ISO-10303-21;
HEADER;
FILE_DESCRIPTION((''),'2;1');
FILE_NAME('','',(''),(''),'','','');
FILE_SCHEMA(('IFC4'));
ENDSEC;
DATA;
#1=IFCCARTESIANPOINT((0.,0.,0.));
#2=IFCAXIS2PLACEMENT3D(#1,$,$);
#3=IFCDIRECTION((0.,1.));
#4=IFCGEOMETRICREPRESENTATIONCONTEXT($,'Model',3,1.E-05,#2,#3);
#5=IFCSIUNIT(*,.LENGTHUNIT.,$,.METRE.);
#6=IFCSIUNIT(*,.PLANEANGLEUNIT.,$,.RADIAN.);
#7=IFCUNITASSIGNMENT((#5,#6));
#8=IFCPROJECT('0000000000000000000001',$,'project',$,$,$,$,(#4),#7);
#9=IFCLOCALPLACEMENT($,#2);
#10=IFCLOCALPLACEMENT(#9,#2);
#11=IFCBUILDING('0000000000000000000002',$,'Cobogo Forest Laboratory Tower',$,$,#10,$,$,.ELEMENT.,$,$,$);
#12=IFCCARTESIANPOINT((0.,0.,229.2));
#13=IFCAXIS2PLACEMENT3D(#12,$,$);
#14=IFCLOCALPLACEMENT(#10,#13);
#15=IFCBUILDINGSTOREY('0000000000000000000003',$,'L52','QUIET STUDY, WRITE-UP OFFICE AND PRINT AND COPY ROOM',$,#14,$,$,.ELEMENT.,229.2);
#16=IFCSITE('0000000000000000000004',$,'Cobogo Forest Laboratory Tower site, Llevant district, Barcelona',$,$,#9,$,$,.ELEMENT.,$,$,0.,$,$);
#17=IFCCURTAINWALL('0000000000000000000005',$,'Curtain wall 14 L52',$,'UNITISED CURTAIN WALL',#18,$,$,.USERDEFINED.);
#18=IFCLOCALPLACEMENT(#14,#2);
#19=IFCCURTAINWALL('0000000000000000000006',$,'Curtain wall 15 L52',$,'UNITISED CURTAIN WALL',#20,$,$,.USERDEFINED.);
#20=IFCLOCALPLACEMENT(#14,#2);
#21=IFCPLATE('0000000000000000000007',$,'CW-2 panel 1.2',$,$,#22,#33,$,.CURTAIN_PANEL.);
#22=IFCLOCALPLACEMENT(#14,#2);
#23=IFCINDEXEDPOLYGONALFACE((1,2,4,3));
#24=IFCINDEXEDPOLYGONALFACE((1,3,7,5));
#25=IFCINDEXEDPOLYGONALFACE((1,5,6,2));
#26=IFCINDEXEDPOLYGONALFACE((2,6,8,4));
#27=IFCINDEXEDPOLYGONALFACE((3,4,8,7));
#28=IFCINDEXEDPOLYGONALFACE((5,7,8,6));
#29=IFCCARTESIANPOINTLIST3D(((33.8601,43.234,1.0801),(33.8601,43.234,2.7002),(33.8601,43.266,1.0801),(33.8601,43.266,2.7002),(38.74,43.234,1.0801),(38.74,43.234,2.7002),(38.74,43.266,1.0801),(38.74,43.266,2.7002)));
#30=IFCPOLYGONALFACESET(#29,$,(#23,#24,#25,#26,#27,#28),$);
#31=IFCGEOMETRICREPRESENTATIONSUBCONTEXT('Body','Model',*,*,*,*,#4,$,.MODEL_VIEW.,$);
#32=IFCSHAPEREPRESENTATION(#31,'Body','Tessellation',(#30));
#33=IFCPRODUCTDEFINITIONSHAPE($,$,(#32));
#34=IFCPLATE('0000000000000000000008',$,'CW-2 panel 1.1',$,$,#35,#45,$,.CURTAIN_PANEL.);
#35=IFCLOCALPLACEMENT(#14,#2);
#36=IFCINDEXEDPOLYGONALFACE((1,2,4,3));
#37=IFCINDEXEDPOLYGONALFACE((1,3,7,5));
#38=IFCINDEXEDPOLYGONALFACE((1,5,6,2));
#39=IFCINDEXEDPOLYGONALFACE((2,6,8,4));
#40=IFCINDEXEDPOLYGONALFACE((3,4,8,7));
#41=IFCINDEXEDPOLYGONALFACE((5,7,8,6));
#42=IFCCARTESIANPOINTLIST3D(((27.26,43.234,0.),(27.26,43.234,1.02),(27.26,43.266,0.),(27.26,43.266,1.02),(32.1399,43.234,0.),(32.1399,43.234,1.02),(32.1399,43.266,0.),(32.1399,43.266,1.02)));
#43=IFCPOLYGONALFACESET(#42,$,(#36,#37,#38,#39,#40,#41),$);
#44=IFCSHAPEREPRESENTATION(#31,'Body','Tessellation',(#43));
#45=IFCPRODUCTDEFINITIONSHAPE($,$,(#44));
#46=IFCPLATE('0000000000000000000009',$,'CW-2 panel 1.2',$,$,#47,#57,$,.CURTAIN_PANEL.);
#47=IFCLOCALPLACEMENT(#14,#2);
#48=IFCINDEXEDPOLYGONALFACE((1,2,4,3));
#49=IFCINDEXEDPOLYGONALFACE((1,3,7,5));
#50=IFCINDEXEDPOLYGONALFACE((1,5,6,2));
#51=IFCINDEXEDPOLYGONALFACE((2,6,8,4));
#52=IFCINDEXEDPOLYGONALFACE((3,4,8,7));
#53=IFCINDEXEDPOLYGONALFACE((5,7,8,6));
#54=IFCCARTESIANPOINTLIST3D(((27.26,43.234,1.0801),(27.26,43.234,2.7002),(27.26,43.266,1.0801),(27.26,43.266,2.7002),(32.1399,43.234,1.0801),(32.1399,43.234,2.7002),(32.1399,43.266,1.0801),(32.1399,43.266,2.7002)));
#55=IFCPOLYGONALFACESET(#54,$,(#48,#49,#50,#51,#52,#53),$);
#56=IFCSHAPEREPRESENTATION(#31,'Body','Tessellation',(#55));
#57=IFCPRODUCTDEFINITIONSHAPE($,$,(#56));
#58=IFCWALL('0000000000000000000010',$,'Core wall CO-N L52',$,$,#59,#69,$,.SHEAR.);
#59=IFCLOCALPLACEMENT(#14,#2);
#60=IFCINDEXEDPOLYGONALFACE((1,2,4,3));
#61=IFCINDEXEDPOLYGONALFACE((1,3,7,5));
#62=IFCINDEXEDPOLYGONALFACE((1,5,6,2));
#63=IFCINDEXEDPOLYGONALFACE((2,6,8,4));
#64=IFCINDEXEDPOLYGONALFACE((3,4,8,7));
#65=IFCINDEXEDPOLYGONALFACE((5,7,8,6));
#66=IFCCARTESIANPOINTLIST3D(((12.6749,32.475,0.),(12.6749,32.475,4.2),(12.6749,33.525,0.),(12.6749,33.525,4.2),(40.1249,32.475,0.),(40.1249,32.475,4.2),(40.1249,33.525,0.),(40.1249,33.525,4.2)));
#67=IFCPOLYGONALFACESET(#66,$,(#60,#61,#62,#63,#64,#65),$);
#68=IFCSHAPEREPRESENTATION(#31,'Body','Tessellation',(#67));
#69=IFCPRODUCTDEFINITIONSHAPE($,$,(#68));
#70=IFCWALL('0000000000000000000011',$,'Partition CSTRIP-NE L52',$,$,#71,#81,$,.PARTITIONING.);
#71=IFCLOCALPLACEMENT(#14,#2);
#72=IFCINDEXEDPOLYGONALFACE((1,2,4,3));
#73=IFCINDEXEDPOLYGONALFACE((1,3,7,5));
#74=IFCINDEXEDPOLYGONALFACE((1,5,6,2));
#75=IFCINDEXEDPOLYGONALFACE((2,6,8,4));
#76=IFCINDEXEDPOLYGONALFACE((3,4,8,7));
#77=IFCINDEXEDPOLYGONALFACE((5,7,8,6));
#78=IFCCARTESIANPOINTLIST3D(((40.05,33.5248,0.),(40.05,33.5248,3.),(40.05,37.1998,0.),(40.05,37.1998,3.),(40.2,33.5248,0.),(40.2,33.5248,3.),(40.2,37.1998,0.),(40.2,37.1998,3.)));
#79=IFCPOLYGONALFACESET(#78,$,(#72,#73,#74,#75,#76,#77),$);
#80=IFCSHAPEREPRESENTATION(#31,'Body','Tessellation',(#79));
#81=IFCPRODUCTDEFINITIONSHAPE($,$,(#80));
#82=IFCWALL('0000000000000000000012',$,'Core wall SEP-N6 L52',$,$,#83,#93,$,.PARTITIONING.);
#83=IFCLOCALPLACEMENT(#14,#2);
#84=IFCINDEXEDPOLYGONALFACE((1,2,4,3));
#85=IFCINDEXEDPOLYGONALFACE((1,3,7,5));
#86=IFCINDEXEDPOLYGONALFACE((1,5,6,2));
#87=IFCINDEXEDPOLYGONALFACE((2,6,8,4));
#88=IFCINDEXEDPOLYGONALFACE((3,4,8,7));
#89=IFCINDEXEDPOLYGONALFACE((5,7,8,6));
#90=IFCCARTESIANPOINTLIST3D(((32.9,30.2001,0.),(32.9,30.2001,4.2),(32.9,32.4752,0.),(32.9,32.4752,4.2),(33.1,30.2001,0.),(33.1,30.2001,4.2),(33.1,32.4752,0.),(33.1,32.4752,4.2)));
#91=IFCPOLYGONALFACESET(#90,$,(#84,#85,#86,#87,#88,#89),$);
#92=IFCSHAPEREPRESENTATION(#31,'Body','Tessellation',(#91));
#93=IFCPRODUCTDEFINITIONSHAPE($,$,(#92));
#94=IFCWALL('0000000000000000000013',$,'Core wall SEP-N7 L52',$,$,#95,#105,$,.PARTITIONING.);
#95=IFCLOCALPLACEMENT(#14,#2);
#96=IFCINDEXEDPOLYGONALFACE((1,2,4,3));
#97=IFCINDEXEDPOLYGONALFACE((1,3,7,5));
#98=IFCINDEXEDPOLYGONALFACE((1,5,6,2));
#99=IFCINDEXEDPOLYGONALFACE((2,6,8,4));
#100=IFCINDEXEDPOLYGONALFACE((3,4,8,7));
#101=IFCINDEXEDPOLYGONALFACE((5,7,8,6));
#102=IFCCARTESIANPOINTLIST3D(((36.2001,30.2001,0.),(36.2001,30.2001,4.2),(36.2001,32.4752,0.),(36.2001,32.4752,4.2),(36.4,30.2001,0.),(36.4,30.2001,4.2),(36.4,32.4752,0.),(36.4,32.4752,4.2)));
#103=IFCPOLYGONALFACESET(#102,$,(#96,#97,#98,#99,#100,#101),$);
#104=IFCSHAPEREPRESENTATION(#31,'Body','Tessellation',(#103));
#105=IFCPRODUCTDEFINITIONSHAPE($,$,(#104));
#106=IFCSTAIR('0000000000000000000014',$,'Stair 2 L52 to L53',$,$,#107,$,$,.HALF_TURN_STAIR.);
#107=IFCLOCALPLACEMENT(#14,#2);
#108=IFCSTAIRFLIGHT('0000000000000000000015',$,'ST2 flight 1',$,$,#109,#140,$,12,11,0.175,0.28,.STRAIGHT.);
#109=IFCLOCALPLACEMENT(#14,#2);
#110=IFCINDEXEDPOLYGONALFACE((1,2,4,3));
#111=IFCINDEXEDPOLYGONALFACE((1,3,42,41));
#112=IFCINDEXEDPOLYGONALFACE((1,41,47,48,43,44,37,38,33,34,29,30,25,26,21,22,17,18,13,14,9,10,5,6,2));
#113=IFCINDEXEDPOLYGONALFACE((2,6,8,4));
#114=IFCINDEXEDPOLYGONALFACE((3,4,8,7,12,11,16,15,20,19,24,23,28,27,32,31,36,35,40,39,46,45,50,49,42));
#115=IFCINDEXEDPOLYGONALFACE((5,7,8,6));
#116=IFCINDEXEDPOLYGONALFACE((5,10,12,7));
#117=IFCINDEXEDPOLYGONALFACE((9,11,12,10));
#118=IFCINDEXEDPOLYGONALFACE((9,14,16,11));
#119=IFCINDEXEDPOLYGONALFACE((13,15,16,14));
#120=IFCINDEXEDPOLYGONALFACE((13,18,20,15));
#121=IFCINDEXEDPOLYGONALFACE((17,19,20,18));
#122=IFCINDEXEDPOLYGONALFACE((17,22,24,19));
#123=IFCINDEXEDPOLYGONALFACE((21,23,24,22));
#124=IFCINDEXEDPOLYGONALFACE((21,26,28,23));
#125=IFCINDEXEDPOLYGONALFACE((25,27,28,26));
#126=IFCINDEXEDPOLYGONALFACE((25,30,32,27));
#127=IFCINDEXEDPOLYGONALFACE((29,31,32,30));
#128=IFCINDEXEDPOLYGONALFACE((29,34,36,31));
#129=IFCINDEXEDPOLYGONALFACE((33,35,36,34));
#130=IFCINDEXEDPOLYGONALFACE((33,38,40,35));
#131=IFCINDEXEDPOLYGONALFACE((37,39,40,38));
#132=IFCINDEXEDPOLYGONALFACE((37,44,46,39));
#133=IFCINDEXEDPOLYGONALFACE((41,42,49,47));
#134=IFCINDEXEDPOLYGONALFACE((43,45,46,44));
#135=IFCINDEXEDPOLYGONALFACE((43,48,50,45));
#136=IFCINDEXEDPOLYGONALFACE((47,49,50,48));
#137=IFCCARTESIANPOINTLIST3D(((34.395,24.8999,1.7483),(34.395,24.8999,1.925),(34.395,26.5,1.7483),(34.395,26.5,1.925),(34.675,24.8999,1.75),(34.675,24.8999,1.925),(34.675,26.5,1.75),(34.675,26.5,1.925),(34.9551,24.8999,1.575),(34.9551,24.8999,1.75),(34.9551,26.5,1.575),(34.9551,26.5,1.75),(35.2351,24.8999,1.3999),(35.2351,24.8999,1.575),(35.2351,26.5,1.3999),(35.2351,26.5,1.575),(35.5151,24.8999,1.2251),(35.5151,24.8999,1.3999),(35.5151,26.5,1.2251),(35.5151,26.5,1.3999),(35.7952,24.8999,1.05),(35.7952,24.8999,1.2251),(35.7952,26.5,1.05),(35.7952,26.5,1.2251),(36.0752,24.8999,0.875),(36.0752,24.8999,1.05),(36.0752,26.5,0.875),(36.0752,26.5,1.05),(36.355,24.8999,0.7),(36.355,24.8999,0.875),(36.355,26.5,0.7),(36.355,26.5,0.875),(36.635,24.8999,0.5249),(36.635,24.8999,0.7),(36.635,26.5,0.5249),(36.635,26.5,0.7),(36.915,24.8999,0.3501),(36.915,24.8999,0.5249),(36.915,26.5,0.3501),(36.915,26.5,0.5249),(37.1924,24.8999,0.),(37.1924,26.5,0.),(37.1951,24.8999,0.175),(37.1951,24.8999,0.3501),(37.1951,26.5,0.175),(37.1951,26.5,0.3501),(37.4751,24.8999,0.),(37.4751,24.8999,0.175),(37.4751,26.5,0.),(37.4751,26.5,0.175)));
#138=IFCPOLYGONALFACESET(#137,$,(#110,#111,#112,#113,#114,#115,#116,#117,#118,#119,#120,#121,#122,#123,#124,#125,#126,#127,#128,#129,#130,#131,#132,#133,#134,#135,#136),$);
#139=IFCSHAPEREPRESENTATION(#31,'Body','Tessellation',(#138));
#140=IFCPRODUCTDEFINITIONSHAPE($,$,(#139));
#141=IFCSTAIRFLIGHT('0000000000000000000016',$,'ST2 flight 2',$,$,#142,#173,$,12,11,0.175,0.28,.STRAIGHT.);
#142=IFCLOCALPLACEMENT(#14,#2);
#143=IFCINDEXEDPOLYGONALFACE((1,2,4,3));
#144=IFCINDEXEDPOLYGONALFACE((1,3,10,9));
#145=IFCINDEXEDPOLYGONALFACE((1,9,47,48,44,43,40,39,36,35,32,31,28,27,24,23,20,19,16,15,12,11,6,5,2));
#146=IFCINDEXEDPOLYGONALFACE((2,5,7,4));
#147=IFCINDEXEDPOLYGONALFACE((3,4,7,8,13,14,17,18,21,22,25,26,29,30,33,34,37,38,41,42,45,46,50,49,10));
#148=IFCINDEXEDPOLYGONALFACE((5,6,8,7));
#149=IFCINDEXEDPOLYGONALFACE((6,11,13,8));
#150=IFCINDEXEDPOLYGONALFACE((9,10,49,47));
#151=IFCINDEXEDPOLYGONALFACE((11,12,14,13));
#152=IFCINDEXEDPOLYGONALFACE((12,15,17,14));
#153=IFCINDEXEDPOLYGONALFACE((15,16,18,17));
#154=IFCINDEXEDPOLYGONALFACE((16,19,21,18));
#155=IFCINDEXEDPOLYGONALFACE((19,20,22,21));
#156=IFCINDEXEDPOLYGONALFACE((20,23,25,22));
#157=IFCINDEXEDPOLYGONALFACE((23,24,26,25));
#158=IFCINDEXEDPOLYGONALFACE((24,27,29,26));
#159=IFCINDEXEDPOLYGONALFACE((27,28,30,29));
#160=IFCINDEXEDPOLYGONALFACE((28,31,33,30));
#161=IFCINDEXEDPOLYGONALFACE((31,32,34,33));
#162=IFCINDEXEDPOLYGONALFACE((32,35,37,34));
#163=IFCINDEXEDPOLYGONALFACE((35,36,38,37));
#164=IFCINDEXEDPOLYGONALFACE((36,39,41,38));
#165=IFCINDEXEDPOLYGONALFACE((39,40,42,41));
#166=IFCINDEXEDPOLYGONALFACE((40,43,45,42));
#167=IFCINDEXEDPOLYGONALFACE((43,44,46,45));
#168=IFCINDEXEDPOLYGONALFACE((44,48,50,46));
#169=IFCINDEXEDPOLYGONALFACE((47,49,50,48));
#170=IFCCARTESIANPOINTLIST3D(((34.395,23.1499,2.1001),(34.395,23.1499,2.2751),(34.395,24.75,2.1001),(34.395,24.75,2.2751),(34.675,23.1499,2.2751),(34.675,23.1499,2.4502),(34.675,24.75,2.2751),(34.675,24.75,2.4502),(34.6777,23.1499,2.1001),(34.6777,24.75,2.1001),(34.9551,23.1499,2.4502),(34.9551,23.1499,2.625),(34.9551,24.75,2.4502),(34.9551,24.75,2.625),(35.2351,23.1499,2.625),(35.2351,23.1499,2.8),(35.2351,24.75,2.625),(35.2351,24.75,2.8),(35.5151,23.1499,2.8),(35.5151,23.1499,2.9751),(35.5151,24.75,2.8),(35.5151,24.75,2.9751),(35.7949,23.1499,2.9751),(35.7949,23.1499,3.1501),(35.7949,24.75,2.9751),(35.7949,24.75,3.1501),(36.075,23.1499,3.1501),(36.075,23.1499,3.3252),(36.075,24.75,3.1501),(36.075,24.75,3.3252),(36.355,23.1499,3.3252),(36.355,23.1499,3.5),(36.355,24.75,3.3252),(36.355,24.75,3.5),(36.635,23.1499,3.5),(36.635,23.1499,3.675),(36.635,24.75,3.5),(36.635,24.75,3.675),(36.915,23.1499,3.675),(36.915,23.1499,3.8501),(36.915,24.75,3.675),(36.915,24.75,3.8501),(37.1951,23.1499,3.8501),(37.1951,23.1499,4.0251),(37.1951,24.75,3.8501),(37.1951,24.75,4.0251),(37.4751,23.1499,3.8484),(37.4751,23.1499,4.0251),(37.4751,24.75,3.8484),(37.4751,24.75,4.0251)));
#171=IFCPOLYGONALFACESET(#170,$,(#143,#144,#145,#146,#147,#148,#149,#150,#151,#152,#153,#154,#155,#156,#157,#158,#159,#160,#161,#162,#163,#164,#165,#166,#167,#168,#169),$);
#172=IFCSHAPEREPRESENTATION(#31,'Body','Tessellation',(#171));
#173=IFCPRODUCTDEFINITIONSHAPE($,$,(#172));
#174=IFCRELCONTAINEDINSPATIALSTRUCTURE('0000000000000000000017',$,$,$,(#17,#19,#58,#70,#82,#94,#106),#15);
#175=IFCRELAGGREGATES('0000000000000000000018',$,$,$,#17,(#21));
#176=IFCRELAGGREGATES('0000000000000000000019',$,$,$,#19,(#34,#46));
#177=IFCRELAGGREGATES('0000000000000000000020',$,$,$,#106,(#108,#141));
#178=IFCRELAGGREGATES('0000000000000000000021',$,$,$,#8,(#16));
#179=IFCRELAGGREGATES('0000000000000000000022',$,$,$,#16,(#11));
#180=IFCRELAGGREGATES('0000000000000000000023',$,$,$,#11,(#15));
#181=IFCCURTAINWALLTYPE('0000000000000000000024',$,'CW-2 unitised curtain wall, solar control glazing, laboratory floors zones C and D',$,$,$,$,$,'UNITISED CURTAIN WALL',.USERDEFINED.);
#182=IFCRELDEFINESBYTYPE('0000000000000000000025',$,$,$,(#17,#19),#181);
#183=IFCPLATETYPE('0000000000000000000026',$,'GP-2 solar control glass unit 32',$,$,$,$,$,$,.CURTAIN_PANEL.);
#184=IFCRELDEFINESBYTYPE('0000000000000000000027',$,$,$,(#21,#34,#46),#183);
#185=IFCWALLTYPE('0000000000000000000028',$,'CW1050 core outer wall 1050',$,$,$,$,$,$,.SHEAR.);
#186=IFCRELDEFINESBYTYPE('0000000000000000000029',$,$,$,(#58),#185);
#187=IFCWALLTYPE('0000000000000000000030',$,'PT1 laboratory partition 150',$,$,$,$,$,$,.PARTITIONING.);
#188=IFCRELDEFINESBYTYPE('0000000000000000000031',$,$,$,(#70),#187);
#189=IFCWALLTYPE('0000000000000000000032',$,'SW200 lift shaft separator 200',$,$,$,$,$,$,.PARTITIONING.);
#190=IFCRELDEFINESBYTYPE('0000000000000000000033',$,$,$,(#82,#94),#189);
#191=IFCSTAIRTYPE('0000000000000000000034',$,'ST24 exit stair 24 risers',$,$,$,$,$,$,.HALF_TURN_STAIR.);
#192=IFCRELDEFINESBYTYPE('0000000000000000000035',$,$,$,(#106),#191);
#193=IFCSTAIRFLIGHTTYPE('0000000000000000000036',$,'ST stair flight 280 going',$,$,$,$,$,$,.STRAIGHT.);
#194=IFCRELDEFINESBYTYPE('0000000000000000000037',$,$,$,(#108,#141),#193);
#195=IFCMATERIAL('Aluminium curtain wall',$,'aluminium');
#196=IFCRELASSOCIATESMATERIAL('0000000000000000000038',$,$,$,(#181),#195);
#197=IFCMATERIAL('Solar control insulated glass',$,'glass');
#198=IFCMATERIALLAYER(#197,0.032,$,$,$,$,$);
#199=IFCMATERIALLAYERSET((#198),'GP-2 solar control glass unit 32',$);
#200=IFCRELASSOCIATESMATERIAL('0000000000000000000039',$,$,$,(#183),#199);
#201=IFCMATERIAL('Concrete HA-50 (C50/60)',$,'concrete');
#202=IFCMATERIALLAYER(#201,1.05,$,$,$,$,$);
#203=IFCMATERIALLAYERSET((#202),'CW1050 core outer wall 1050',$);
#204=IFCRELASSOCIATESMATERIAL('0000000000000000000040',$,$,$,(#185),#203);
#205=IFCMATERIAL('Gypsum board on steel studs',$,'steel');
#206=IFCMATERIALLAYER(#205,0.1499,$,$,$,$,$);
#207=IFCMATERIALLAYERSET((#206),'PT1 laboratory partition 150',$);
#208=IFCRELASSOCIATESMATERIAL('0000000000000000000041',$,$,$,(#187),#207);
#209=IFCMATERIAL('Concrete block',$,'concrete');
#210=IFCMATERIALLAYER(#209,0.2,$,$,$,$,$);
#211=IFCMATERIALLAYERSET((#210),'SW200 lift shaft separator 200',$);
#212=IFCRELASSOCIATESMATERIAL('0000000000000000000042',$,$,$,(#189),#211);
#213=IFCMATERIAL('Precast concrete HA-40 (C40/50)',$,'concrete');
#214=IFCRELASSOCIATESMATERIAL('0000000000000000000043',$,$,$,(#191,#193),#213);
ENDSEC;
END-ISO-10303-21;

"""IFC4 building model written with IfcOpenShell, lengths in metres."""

from ifc_helpers import new_model, si_unit, direction, frame, frame_2d, origin, origin_2d, place, context, subcontext, project, spatial, polyline, rectangle, outline, extrude, material, layer, layer_set, type_object, element, aggregate, save


model = new_model("IFC4")

# Units and contexts
model_context = context("Model", 3, precision=1e-05, world=origin(), true_north=direction((0.0, 1.0)))
body_context = subcontext(model_context, "Body", "Model", "MODEL_VIEW")
ifc_project = project(units=[si_unit("LENGTHUNIT", "METRE"), si_unit("PLANEANGLEUNIT", "RADIAN")], contexts=[model_context])

# Site, building, storey
site_placement = place(None, origin())
site = spatial("IfcSite", under=ifc_project, at=site_placement, Name="Cobogo Forest Laboratory Tower site, Llevant district, Barcelona", CompositionType="ELEMENT", RefElevation=0.0)
building_placement = place(site_placement, origin())
building = spatial("IfcBuilding", under=site, at=building_placement, Name="Cobogo Forest Laboratory Tower", CompositionType="ELEMENT")
storey_placement = place(building_placement, frame((0.0, 0.0, 229.2)))
storey = spatial("IfcBuildingStorey", under=building, at=storey_placement, Name="L52", Description="QUIET STUDY, WRITE-UP OFFICE AND PRINT AND COPY ROOM", CompositionType="ELEMENT", Elevation=229.2)

# Shared definitions
ifc_material_1 = material(Name="Concrete HA-50 (C50/60)", Category="concrete")

# Shared definitions
ifc_material_2 = material(Name="Aluminium curtain wall", Category="aluminium")
curtain_wall_type = type_object("IfcCurtainWallType", Name="CW-2 unitised curtain wall, solar control glazing, laboratory floors zones C and D", ElementType="UNITISED CURTAIN WALL", PredefinedType="USERDEFINED", material=ifc_material_2)

# Curtain wall
curtain_wall_1_placement = place(storey_placement, origin())
curtain_wall_1 = element("IfcCurtainWall", 1, at=curtain_wall_1_placement, inside=storey, type_object=curtain_wall_type, Name="Curtain wall 14 L52", ObjectType="UNITISED CURTAIN WALL", PredefinedType="USERDEFINED")

# Curtain wall
curtain_wall_2_placement = place(storey_placement, origin())
curtain_wall_2 = element("IfcCurtainWall", 2, at=curtain_wall_2_placement, inside=storey, type_object=curtain_wall_type, Name="Curtain wall 15 L52", ObjectType="UNITISED CURTAIN WALL", PredefinedType="USERDEFINED")

# Plates
ifc_material_3 = material(Name="Solar control insulated glass", Category="glass")
ifc_layer_1 = layer(ifc_material_3, 0.032)
ifc_layer_set_1 = layer_set([ifc_layer_1], Name="GP-2 solar control glass unit 32")
plate_type_1 = type_object("IfcPlateType", Name="GP-2 solar control glass unit 32", PredefinedType="CURTAIN_PANEL", material=ifc_layer_set_1)
plate_1_placement = place(storey_placement, frame((36.3, 43.25, 1.0801), z_axis=(0.0, 0.0, 1.0), x_axis=(-1.0, 0.0, 0.0)))
plate_1 = element("IfcPlate", 3, at=plate_1_placement, type_object=plate_type_1, Name="CW-2 panel 1.2", PredefinedType="CURTAIN_PANEL", context=body_context, shape_type="SweptSolid", body=[
    extrude(rectangle(XDim=4.8799, YDim=0.032, at=origin_2d()), origin(), (0.0, 0.0, 1.0), 1.6201),
])
aggregate(curtain_wall_1, [plate_1])
plate_2_placement = place(storey_placement, frame((29.7, 43.25, 0.0), z_axis=(0.0, 0.0, 1.0), x_axis=(-1.0, 0.0, 0.0)))
plate_2 = element("IfcPlate", 4, at=plate_2_placement, type_object=plate_type_1, Name="CW-2 panel 1.1", PredefinedType="CURTAIN_PANEL", context=body_context, shape_type="SweptSolid", body=[
    extrude(rectangle(XDim=4.8799, YDim=0.032, at=origin_2d()), origin(), (0.0, 0.0, 1.0), 1.02),
])
plate_3_placement = place(storey_placement, frame((29.7, 43.25, 1.0801), z_axis=(0.0, 0.0, 1.0), x_axis=(-1.0, 0.0, 0.0)))
plate_3 = element("IfcPlate", 5, at=plate_3_placement, type_object=plate_type_1, Name="CW-2 panel 1.2", PredefinedType="CURTAIN_PANEL", context=body_context, shape_type="SweptSolid", body=[
    extrude(rectangle(XDim=4.8799, YDim=0.032, at=origin_2d()), origin(), (0.0, 0.0, 1.0), 1.6201),
])
aggregate(curtain_wall_2, [plate_2, plate_3])

# Walls
ifc_layer_2 = layer(ifc_material_1, 1.05)
ifc_layer_set_2 = layer_set([ifc_layer_2], Name="CW1050 core outer wall 1050")
wall_type_1 = type_object("IfcWallType", Name="CW1050 core outer wall 1050", PredefinedType="SHEAR", material=ifc_layer_set_2)
wall_1_placement = place(storey_placement, frame((40.125, 33.0, 0.0), z_axis=(0.0, 0.0, 1.0), x_axis=(-1.0, 0.0, 0.0)))
element("IfcWall", 6, at=wall_1_placement, inside=storey, type_object=wall_type_1, Name="Core wall CO-N L52", PredefinedType="SHEAR", context=body_context, shape_type="SweptSolid", body=[
    extrude(rectangle(XDim=27.45, YDim=1.05, at=frame_2d((13.7251, 0.0))), origin(), (0.0, 0.0, 1.0), 4.2),
])
ifc_material_4 = material(Name="Gypsum board on steel studs", Category="steel")
ifc_layer_3 = layer(ifc_material_4, 0.1499)
ifc_layer_set_3 = layer_set([ifc_layer_3], Name="PT1 laboratory partition 150")
wall_type_2 = type_object("IfcWallType", Name="PT1 laboratory partition 150", PredefinedType="PARTITIONING", material=ifc_layer_set_3)
wall_2_placement = place(storey_placement, frame((40.125, 33.5249, 0.0), z_axis=(0.0, 0.0, 1.0), x_axis=(0.0, 1.0, 0.0)))
element("IfcWall", 7, at=wall_2_placement, inside=storey, type_object=wall_type_2, Name="Partition CSTRIP-NE L52", PredefinedType="PARTITIONING", context=body_context, shape_type="SweptSolid", body=[
    extrude(rectangle(XDim=3.675, YDim=0.1499, at=frame_2d((1.8374, 0.0))), origin(), (0.0, 0.0, 1.0), 3.0),
])
ifc_material_5 = material(Name="Concrete block", Category="concrete")
ifc_layer_4 = layer(ifc_material_5, 0.2)
ifc_layer_set_4 = layer_set([ifc_layer_4], Name="SW200 lift shaft separator 200")
wall_type_3 = type_object("IfcWallType", Name="SW200 lift shaft separator 200", PredefinedType="PARTITIONING", material=ifc_layer_set_4)
for number, where, z_axis, x_axis, name in (
    (8, (33.0, 30.2, 0.0), (0.0, 0.0, 1.0), (0.0, 1.0, 0.0), "Core wall SEP-N6 L52"),
    (9, (36.3, 30.2, 0.0), (0.0, 0.0, 1.0), (0.0, 1.0, 0.0), "Core wall SEP-N7 L52"),
):
    element("IfcWall", number, at=place(storey_placement, frame(where, z_axis=z_axis, x_axis=x_axis)), inside=storey, type_object=wall_type_3, Name=name, PredefinedType="PARTITIONING", context=body_context, shape_type="SweptSolid", body=[
        extrude(rectangle(XDim=2.2751, YDim=0.2, at=frame_2d((1.1377, 0.0))), origin(), (0.0, 0.0, 1.0), 4.2),
    ])

# Stair, stair flights
ifc_material_6 = material(Name="Precast concrete HA-40 (C40/50)", Category="concrete")
stair_type = type_object("IfcStairType", Name="ST24 exit stair 24 risers", PredefinedType="HALF_TURN_STAIR", material=ifc_material_6)
stair_placement = place(storey_placement, origin())
stair = element("IfcStair", 10, at=stair_placement, inside=storey, type_object=stair_type, Name="Stair 2 L52 to L53", PredefinedType="HALF_TURN_STAIR")
stair_flight_type = type_object("IfcStairFlightType", Name="ST stair flight 280 going", PredefinedType="STRAIGHT", material=ifc_material_6)
stair_flight_1_placement = place(storey_placement, frame((37.4751, 25.7, 0.0), z_axis=(0.0, 0.0, 1.0), x_axis=(-1.0, 0.0, 0.0)))
stair_flight_1 = element("IfcStairFlight", 11, at=stair_flight_1_placement, type_object=stair_flight_type, Name="ST2 flight 1", NumberOfRisers=12, NumberOfTreads=11, PredefinedType="STRAIGHT", RiserHeight=0.175, TreadLength=0.28, context=body_context, shape_type="SweptSolid", body=[
    extrude(outline(polyline([(0.0, 0.0), (0.0, 0.175), (0.28, 0.175), (0.28, 0.3501), (0.5601, 0.3501), (0.5601, 0.5249), (0.8401, 0.5249), (0.8401, 0.7), (1.1201, 0.7), (1.1201, 0.875), (1.3999, 0.875), (1.3999, 1.05), (1.6799, 1.05), (1.6799, 1.2251), (1.96, 1.2251), (1.96, 1.3999), (2.24, 1.3999), (2.24, 1.575), (2.52, 1.575), (2.52, 1.75), (2.8, 1.75), (2.8, 1.925), (3.0801, 1.925), (3.0801, 2.1001), (3.0801, 1.7483), (0.2827, 0.0), (0.0, 0.0)])), frame((0.0, 0.8, 0.0), z_axis=(0.0, -1.0, 0.0), x_axis=(1.0, 0.0, 0.0)), (0.0, 0.0, 1.0), 1.6001),
])
stair_flight_2_placement = place(storey_placement, frame((34.395, 23.95, 2.1001), z_axis=(0.0, 0.0, 1.0), x_axis=(1.0, 0.0, 0.0)))
stair_flight_2 = element("IfcStairFlight", 12, at=stair_flight_2_placement, type_object=stair_flight_type, Name="ST2 flight 2", NumberOfRisers=12, NumberOfTreads=11, PredefinedType="STRAIGHT", RiserHeight=0.175, TreadLength=0.28, context=body_context, shape_type="SweptSolid", body=[
    extrude(outline(polyline([(0.0, 0.0), (0.0, 0.175), (0.28, 0.175), (0.28, 0.3501), (0.5601, 0.3501), (0.5601, 0.5249), (0.8401, 0.5249), (0.8401, 0.7), (1.1201, 0.7), (1.1201, 0.875), (1.3999, 0.875), (1.3999, 1.05), (1.6799, 1.05), (1.6799, 1.2251), (1.96, 1.2251), (1.96, 1.3999), (2.24, 1.3999), (2.24, 1.575), (2.52, 1.575), (2.52, 1.75), (2.8, 1.75), (2.8, 1.925), (3.0801, 1.925), (3.0801, 2.1001), (3.0801, 1.7483), (0.2827, 0.0), (0.0, 0.0)])), frame((0.0, 0.8, 0.0), z_axis=(0.0, -1.0, 0.0), x_axis=(1.0, 0.0, 0.0)), (0.0, 0.0, 1.0), 1.6001),
])
aggregate(stair, [stair_flight_1, stair_flight_2])

save(model, "model.ifc")
